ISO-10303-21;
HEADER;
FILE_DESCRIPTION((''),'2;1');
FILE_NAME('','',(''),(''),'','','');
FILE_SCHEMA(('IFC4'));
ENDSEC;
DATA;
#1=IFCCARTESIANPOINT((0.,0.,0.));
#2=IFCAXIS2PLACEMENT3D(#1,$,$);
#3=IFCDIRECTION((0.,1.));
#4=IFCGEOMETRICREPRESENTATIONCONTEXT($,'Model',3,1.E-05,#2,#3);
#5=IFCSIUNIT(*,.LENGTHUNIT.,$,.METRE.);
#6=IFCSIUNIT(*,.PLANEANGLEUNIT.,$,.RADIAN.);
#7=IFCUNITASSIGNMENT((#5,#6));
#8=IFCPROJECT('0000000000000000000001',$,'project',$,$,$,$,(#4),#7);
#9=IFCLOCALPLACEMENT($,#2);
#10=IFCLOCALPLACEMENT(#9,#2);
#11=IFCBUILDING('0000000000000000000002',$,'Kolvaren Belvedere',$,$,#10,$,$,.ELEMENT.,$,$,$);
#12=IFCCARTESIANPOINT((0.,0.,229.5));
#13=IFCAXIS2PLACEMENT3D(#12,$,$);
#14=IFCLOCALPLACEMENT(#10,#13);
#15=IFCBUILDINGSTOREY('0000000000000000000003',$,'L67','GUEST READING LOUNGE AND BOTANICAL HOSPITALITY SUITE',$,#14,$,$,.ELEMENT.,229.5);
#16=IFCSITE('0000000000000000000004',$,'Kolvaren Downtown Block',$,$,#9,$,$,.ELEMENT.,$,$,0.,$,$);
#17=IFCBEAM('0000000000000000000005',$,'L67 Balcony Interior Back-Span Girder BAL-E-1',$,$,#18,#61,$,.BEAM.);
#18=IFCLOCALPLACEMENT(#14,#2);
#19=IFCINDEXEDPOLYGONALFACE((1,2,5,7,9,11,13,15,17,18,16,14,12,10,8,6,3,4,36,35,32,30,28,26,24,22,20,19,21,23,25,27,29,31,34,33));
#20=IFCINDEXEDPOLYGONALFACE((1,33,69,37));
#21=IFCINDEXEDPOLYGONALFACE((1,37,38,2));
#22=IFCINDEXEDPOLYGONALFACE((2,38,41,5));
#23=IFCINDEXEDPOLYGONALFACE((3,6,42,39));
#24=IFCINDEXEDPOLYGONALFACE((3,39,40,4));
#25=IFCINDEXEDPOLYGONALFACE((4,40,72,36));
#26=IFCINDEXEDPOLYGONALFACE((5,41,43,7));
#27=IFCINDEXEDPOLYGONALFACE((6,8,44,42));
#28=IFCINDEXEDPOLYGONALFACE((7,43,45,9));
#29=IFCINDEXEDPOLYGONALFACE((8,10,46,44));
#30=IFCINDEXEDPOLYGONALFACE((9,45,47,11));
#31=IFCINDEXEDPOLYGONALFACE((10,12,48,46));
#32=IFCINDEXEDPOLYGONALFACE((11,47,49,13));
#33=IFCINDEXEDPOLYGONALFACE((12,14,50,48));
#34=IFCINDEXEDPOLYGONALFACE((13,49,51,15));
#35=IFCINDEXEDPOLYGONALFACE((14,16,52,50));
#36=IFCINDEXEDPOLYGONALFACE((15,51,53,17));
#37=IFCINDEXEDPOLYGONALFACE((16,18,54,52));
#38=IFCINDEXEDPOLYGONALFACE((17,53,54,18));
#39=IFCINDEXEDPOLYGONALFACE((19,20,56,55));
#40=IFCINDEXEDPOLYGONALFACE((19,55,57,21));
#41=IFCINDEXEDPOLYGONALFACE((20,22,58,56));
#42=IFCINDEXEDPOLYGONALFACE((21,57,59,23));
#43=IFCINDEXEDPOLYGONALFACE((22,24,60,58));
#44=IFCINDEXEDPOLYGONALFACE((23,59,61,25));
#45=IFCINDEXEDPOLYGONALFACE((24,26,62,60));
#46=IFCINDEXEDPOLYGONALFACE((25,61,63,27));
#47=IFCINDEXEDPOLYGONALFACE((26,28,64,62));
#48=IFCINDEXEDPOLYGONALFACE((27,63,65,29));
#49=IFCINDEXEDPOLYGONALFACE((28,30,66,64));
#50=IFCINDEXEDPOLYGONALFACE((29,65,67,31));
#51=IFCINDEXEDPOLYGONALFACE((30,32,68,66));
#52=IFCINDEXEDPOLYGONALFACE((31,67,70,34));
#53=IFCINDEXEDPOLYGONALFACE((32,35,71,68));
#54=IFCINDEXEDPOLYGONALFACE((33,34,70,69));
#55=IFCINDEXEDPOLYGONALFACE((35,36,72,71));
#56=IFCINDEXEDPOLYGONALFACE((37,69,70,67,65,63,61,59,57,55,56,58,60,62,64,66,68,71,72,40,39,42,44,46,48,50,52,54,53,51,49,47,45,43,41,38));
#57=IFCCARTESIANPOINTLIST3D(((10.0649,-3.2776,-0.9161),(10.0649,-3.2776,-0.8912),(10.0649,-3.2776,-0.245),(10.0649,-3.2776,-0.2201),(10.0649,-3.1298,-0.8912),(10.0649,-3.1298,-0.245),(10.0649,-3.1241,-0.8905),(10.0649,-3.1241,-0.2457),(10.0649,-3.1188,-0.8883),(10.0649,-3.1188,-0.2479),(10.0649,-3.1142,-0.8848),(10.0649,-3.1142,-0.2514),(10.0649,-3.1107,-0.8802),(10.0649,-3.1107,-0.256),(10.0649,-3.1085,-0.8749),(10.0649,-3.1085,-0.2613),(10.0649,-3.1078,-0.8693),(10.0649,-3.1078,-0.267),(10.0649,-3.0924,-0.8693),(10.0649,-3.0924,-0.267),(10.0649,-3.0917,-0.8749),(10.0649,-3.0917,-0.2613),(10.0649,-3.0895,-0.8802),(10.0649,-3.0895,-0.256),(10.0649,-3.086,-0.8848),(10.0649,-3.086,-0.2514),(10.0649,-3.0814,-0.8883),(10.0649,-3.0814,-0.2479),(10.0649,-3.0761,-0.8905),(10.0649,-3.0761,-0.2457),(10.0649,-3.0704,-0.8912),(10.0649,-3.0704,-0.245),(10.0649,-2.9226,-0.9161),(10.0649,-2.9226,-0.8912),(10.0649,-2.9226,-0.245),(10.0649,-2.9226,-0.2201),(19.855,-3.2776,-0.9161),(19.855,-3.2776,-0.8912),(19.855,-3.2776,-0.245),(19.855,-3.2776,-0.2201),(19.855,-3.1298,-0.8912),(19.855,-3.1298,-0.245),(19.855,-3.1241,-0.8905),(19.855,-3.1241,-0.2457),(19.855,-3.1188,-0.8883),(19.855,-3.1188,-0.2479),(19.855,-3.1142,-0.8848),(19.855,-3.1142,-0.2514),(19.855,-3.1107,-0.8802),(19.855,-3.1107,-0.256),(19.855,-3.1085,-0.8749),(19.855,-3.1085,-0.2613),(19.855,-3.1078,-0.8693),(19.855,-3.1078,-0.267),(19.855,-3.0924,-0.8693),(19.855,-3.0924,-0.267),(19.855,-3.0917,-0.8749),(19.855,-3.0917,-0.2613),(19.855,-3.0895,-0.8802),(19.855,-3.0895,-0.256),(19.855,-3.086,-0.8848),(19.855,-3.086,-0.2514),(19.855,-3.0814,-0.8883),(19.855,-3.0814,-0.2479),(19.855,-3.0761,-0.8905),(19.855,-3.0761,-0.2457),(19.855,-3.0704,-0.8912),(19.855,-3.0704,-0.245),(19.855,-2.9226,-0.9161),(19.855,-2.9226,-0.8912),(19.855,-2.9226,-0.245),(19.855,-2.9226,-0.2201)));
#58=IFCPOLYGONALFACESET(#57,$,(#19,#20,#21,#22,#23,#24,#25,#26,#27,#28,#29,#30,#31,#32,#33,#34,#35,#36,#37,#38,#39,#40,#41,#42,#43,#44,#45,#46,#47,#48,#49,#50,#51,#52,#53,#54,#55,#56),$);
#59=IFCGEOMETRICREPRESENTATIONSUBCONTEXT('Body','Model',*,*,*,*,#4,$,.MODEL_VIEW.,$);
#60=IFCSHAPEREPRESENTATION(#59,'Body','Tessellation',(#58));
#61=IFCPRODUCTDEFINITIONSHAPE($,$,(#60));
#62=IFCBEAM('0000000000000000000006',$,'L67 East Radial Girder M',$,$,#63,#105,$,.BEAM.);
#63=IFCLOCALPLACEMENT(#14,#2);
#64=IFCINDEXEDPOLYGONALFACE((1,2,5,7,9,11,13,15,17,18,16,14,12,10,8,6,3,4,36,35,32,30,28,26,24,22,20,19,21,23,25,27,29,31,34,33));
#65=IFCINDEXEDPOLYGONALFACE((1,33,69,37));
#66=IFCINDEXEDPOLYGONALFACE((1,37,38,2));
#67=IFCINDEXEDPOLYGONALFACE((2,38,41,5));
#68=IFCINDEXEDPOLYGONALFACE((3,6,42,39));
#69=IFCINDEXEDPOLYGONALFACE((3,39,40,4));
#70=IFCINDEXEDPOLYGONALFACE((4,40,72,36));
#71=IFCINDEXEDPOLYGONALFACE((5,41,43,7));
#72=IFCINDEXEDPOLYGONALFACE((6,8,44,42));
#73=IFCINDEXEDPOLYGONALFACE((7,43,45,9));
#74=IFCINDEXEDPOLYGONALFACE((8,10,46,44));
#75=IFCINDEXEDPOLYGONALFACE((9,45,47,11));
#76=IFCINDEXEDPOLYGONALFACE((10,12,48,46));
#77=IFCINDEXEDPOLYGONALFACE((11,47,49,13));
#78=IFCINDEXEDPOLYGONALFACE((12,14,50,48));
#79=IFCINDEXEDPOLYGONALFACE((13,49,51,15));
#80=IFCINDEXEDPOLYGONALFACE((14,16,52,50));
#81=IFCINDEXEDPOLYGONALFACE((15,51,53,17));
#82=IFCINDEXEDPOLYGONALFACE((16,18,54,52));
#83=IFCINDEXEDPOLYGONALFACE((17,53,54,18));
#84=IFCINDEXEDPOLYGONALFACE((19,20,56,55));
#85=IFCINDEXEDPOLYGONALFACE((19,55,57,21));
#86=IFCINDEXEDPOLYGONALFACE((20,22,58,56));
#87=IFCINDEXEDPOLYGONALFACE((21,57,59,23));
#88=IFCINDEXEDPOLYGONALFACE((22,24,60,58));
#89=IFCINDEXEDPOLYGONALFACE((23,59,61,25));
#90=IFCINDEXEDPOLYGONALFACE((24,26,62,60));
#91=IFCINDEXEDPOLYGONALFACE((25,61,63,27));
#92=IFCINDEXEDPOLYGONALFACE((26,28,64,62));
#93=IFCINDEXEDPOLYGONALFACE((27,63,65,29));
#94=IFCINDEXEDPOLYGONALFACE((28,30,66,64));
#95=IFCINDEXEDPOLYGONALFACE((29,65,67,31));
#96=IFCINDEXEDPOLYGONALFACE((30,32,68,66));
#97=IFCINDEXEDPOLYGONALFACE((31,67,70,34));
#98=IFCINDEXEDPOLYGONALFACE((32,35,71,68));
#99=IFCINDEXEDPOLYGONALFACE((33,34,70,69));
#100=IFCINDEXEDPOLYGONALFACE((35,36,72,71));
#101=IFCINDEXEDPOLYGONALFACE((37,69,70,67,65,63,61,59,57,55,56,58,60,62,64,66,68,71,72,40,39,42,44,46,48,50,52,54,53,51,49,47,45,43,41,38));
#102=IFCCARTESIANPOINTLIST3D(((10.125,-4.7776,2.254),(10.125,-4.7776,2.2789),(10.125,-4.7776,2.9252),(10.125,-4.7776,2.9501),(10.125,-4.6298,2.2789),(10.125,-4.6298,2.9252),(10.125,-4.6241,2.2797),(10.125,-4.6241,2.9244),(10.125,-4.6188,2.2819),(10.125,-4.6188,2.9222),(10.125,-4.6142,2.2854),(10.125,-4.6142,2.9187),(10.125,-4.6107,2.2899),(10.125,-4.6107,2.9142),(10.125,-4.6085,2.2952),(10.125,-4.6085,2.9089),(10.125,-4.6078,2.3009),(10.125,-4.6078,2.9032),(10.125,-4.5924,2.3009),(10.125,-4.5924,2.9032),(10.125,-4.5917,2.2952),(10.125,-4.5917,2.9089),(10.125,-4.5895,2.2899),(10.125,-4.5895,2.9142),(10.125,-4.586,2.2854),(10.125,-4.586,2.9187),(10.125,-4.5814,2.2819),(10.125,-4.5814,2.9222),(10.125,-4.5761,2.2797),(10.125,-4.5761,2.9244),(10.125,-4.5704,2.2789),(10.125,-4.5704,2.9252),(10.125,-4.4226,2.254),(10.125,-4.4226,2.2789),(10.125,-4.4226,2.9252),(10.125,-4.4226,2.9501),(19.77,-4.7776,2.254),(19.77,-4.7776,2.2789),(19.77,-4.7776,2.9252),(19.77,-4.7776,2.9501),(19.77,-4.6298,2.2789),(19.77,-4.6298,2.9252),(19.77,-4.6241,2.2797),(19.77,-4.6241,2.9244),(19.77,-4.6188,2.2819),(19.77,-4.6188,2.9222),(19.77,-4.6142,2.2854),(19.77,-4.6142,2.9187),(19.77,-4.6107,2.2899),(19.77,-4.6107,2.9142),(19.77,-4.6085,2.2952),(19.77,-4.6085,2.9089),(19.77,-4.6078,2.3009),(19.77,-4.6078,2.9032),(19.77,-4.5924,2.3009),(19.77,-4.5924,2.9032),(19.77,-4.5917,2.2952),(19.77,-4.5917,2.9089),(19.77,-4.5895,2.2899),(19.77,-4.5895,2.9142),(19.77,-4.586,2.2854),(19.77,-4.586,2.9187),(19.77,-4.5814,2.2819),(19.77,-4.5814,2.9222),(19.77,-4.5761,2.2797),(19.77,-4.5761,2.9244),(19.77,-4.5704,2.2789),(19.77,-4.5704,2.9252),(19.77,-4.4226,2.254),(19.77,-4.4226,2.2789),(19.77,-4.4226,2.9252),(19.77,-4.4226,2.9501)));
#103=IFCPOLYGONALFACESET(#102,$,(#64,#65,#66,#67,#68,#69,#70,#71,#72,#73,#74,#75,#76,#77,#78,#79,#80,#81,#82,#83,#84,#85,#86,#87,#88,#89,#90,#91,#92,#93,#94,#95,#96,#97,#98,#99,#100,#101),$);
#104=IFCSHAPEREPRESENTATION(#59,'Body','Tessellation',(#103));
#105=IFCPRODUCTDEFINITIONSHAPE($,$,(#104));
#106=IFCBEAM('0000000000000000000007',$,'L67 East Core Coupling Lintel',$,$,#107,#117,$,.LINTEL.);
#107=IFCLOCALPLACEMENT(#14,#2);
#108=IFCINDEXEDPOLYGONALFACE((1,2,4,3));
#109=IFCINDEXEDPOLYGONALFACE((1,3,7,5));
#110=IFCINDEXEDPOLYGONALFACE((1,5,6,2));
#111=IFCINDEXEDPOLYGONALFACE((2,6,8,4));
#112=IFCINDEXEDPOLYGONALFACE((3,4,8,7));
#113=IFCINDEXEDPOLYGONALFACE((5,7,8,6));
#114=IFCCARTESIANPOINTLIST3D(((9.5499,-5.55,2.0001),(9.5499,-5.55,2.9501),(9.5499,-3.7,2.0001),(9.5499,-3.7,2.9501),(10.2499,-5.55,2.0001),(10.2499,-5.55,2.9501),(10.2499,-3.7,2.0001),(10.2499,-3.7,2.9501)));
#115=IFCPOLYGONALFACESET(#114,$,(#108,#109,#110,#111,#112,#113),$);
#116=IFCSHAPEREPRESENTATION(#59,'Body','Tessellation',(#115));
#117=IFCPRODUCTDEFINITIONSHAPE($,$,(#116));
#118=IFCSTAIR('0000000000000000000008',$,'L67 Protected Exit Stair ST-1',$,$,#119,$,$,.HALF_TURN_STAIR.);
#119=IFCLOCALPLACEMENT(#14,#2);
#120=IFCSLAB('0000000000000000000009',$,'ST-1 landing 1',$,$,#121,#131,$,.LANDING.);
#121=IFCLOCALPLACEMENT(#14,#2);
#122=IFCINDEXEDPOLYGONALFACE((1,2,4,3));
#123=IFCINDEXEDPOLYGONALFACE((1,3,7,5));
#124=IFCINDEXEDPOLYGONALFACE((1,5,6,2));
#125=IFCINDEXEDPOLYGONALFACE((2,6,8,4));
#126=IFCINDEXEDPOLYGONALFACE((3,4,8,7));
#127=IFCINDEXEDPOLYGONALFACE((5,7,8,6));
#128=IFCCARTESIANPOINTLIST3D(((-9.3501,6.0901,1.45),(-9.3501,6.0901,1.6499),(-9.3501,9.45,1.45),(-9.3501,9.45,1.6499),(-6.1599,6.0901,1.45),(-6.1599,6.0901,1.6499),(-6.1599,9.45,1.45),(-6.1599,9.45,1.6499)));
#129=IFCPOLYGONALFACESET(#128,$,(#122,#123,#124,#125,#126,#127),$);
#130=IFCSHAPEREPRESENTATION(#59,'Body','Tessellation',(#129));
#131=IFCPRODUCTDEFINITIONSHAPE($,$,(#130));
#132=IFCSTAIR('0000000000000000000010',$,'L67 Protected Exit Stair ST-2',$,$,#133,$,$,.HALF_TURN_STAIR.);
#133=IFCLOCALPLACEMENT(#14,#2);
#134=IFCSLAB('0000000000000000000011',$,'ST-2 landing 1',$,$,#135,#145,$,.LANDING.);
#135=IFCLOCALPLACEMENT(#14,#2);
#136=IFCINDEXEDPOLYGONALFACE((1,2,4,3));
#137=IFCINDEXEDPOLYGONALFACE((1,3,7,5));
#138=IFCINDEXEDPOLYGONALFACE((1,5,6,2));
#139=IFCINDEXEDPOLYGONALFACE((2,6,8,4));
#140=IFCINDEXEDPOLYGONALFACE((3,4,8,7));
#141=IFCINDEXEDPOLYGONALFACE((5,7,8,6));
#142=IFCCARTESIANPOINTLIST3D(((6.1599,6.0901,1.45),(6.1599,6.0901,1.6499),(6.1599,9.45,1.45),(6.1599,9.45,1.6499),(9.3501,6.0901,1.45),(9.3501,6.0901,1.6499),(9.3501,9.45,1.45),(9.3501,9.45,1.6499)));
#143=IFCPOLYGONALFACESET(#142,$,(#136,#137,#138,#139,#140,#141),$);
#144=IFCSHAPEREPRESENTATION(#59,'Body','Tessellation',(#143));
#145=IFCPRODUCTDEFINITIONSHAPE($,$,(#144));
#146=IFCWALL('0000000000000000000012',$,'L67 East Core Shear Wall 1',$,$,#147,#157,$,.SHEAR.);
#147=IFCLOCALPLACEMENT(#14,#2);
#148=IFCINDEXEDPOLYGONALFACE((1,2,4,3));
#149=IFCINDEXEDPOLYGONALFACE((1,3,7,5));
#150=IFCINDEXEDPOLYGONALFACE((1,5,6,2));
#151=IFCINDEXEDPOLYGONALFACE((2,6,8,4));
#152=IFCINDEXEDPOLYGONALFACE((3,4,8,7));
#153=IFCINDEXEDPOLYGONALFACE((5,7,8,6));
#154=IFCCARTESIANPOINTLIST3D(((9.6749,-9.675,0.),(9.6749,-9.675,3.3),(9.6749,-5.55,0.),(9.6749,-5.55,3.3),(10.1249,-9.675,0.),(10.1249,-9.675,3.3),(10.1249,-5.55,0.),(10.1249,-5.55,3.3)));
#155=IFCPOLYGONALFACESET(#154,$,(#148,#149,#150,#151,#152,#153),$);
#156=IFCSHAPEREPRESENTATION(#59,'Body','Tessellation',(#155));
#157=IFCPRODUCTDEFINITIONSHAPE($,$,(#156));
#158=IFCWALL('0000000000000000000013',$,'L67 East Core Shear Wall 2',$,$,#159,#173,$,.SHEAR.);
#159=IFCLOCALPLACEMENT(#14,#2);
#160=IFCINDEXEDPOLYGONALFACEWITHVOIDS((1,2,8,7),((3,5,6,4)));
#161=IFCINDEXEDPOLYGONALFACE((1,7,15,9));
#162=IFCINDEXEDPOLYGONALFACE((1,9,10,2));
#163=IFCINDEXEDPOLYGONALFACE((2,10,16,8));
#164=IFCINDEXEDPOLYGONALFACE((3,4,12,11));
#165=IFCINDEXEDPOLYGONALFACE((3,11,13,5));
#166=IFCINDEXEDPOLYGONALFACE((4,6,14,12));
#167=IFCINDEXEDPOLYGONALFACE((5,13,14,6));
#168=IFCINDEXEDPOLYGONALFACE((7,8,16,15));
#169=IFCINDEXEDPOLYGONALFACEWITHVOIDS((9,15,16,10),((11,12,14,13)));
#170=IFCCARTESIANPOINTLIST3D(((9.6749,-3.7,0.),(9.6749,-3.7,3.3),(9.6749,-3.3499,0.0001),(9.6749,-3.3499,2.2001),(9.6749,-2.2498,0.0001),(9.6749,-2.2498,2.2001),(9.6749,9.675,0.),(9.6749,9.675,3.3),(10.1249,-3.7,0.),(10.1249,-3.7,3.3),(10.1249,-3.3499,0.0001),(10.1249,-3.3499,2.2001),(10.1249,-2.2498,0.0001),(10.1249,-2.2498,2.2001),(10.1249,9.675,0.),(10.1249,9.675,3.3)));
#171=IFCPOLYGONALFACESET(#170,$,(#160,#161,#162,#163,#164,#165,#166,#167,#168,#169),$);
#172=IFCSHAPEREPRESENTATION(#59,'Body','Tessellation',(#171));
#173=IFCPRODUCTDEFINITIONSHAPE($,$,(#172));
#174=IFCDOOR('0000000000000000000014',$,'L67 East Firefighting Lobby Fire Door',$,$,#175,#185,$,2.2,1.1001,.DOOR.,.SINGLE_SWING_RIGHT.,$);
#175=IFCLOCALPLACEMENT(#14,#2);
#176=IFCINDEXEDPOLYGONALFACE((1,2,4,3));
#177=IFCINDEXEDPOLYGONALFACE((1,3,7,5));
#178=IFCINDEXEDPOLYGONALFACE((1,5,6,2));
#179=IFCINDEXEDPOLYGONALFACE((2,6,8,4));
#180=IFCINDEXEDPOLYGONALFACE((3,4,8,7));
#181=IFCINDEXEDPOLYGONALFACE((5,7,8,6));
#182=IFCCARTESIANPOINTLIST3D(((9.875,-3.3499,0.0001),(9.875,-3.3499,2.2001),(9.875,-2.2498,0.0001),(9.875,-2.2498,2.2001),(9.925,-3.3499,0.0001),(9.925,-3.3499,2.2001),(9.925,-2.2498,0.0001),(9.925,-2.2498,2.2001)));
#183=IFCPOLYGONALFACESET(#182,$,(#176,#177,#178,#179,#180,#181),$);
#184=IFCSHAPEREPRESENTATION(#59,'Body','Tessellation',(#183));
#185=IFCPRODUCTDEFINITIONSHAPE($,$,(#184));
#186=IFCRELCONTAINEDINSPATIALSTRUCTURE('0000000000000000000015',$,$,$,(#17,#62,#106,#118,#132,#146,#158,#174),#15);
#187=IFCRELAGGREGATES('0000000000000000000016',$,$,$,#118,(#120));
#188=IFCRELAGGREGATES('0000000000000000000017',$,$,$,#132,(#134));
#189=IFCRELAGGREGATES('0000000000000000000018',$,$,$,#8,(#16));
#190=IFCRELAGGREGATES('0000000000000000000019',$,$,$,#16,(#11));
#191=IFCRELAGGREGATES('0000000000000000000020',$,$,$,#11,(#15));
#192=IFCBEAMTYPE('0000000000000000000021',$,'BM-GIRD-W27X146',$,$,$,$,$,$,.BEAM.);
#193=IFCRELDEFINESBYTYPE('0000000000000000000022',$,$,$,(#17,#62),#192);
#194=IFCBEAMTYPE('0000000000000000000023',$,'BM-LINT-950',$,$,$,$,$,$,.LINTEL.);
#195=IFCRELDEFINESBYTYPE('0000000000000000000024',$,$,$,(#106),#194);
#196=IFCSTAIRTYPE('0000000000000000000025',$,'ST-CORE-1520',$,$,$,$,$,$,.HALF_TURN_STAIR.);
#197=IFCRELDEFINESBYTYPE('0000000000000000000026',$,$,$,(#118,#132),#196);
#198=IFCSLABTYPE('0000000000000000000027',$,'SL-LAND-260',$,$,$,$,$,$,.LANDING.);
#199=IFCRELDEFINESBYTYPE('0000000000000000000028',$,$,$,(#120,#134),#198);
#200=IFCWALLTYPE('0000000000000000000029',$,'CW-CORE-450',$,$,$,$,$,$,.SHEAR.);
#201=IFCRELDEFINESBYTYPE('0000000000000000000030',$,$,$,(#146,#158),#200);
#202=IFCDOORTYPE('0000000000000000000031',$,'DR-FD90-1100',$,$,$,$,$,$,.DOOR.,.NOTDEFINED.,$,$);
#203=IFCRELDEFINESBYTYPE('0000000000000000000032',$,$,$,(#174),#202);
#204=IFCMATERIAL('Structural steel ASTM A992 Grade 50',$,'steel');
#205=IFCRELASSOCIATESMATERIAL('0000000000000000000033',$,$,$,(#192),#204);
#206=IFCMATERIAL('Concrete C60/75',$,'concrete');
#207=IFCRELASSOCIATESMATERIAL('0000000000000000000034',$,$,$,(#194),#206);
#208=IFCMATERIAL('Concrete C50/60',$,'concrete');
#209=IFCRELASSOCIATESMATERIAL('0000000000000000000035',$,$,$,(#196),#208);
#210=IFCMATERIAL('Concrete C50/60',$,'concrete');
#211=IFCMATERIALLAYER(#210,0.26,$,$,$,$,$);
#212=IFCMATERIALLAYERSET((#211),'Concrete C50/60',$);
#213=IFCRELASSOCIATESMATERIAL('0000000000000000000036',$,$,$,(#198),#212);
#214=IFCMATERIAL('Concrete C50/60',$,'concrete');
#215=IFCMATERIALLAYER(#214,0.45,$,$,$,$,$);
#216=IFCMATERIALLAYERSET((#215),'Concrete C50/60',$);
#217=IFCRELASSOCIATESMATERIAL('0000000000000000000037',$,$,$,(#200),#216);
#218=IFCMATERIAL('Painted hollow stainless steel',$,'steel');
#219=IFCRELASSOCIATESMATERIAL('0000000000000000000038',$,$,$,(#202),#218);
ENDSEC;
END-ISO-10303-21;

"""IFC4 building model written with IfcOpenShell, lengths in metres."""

from ifc_helpers import new_model, si_unit, direction, frame, frame_2d, origin, origin_2d, place, context, subcontext, project, spatial, polyline, rectangle, i_section, outline, extrude, material, layer, layer_set, material_profile, profile_set, type_object, element, fill, aggregate, save


model = new_model("IFC4")

# Units and contexts
model_context = context("Model", 3, precision=1e-05, world=origin(), true_north=direction((0.0, 1.0)))
body_context = subcontext(model_context, "Body", "Model", "MODEL_VIEW")
ifc_project = project(units=[si_unit("LENGTHUNIT", "METRE"), si_unit("PLANEANGLEUNIT", "RADIAN")], contexts=[model_context])

# Site, building, storey
site_placement = place(None, origin())
site = spatial("IfcSite", under=ifc_project, at=site_placement, Name="Kolvaren Downtown Block", CompositionType="ELEMENT", RefElevation=0.0)
building_placement = place(site_placement, origin())
building = spatial("IfcBuilding", under=site, at=building_placement, Name="Kolvaren Belvedere", CompositionType="ELEMENT")
storey_placement = place(building_placement, frame((0.0, 0.0, 229.5)))
storey = spatial("IfcBuildingStorey", under=building, at=storey_placement, Name="L67", Description="GUEST READING LOUNGE AND BOTANICAL HOSPITALITY SUITE", CompositionType="ELEMENT", Elevation=229.5)

# Beams
ifc_material_1 = material(Name="Structural steel ASTM A992 Grade 50", Category="steel")
ifc_material_profile_1 = material_profile(ifc_material_1, i_section(OverallWidth=0.355, OverallDepth=0.696, WebThickness=0.0154, FlangeThickness=0.0249, FilletRadius=0.022, at=origin_2d()), Name="W27X146")
ifc_profile_set_1 = profile_set([ifc_material_profile_1], Name="Structural steel ASTM A992 Grade 50")
beam_type_1 = type_object("IfcBeamType", Name="BM-GIRD-W27X146", PredefinedType="BEAM", material=ifc_profile_set_1)
beam_1_placement = place(storey_placement, frame((10.0649, -3.1001, -0.5681), z_axis=(1.0, 0.0, 0.0), x_axis=(0.0, 1.0, 0.0)))
element("IfcBeam", 1, at=beam_1_placement, inside=storey, type_object=beam_type_1, Name="L67 Balcony Interior Back-Span Girder BAL-E-1", PredefinedType="BEAM", context=body_context, shape_type="SweptSolid", body=[
    extrude(i_section(OverallWidth=0.355, OverallDepth=0.696, WebThickness=0.0154, FlangeThickness=0.0249, FilletRadius=0.022, at=origin_2d()), origin(), (0.0, 0.0, 1.0), 9.79),
])
beam_2_placement = place(storey_placement, frame((10.125, -4.6001, 2.6021), z_axis=(1.0, 0.0, 0.0), x_axis=(0.0, 1.0, 0.0)))
element("IfcBeam", 2, at=beam_2_placement, inside=storey, type_object=beam_type_1, Name="L67 East Radial Girder M", PredefinedType="BEAM", context=body_context, shape_type="SweptSolid", body=[
    extrude(i_section(OverallWidth=0.355, OverallDepth=0.696, WebThickness=0.0154, FlangeThickness=0.0249, FilletRadius=0.022, at=origin_2d()), origin(), (0.0, 0.0, 1.0), 9.645),
])
ifc_material_2 = material(Name="Concrete C60/75", Category="concrete")
ifc_material_profile_2 = material_profile(ifc_material_2, rectangle(XDim=0.7, YDim=0.95, at=origin_2d()), Name="RC 700X950")
ifc_profile_set_2 = profile_set([ifc_material_profile_2], Name="Concrete C60/75")
beam_type_2 = type_object("IfcBeamType", Name="BM-LINT-950", PredefinedType="LINTEL", material=ifc_profile_set_2)
beam_3_placement = place(storey_placement, frame((9.8999, -5.55, 2.4751), z_axis=(0.0, 1.0, 0.0), x_axis=(-1.0, 0.0, 0.0)))
element("IfcBeam", 3, at=beam_3_placement, inside=storey, type_object=beam_type_2, Name="L67 East Core Coupling Lintel", PredefinedType="LINTEL", context=body_context, shape_type="SweptSolid", body=[
    extrude(rectangle(XDim=0.7, YDim=0.95, at=origin_2d()), origin(), (0.0, 0.0, 1.0), 1.8501),
])

# Stairs, slabs
ifc_material_3 = material(Name="Concrete C50/60", Category="concrete")
stair_type = type_object("IfcStairType", Name="ST-CORE-1520", PredefinedType="HALF_TURN_STAIR", material=ifc_material_3)
stair_1_placement = place(storey_placement, origin())
stair_1 = element("IfcStair", 4, at=stair_1_placement, inside=storey, type_object=stair_type, Name="L67 Protected Exit Stair ST-1", PredefinedType="HALF_TURN_STAIR")
ifc_material_4 = material(Name="Concrete C50/60", Category="concrete")
ifc_layer_1 = layer(ifc_material_4, 0.26)
ifc_layer_set_1 = layer_set([ifc_layer_1], Name="Concrete C50/60")
slab_type = type_object("IfcSlabType", Name="SL-LAND-260", PredefinedType="LANDING", material=ifc_layer_set_1)
slab_1_placement = place(storey_placement, frame((0.0, 0.0, 1.45)))
slab_1 = element("IfcSlab", 5, at=slab_1_placement, type_object=slab_type, Name="ST-1 landing 1", PredefinedType="LANDING", context=body_context, shape_type="SweptSolid", body=[
    extrude(outline(polyline([(-6.1599, 6.0901), (-6.1599, 9.45), (-9.3501, 9.45), (-9.3501, 6.0901), (-6.1599, 6.0901)])), origin(), (0.0, 0.0, 1.0), 0.2),
])
aggregate(stair_1, [slab_1])
stair_2_placement = place(storey_placement, origin())
stair_2 = element("IfcStair", 6, at=stair_2_placement, inside=storey, type_object=stair_type, Name="L67 Protected Exit Stair ST-2", PredefinedType="HALF_TURN_STAIR")
slab_2_placement = place(storey_placement, frame((0.0, 0.0, 1.45)))
slab_2 = element("IfcSlab", 7, at=slab_2_placement, type_object=slab_type, Name="ST-2 landing 1", PredefinedType="LANDING", context=body_context, shape_type="SweptSolid", body=[
    extrude(outline(polyline([(9.3501, 6.0901), (9.3501, 9.45), (6.1599, 9.45), (6.1599, 6.0901), (9.3501, 6.0901)])), origin(), (0.0, 0.0, 1.0), 0.2),
])
aggregate(stair_2, [slab_2])

# Wall
ifc_material_5 = material(Name="Concrete C50/60", Category="concrete")
ifc_layer_2 = layer(ifc_material_5, 0.45)
ifc_layer_set_2 = layer_set([ifc_layer_2], Name="Concrete C50/60")
wall_type_1 = type_object("IfcWallType", Name="CW-CORE-450", PredefinedType="SHEAR", material=ifc_layer_set_2)
wall_1_placement = place(storey_placement, frame((9.8999, -9.675, 0.0), z_axis=(0.0, 0.0, 1.0), x_axis=(0.0, 1.0, 0.0)))
element("IfcWall", 8, at=wall_1_placement, inside=storey, type_object=wall_type_1, Name="L67 East Core Shear Wall 1", PredefinedType="SHEAR", context=body_context, shape_type="SweptSolid", body=[
    extrude(rectangle(XDim=4.125, YDim=0.45, at=frame_2d((2.0625, 0.0))), origin(), (0.0, 0.0, 1.0), 3.3),
])

# Wall, opening, door
wall_2_placement = place(storey_placement, frame((9.8999, -3.7, 0.0), z_axis=(0.0, 0.0, 1.0), x_axis=(0.0, 1.0, 0.0)))
wall_2 = element("IfcWall", 9, at=wall_2_placement, inside=storey, type_object=wall_type_1, Name="L67 East Core Shear Wall 2", PredefinedType="SHEAR", context=body_context, shape_type="SweptSolid", body=[
    extrude(rectangle(XDim=13.375, YDim=0.45, at=frame_2d((6.6875, 0.0))), origin(), (0.0, 0.0, 1.0), 3.3),
])
opening_1_placement = place(wall_2_placement, frame((0.3501, 0.0, 0.0)))
opening_1 = element("IfcOpeningElement", 10, at=opening_1_placement, cuts=wall_2, PredefinedType="OPENING", context=body_context, shape_type="SweptSolid", body=[
    extrude(rectangle(XDim=1.1001, YDim=2.2, at=frame_2d((0.55, 1.1001))), frame((0.0, 0.2349, 0.0), z_axis=(0.0, -1.0, 0.0), x_axis=(1.0, 0.0, 0.0)), (0.0, 0.0, 1.0), 0.47),
])
ifc_material_6 = material(Name="Painted hollow stainless steel", Category="steel")
door_type_1 = type_object("IfcDoorType", Name="DR-FD90-1100", OperationType="NOTDEFINED", PredefinedType="DOOR", material=ifc_material_6)
door_1_placement = place(opening_1_placement, origin())
door_1 = element("IfcDoor", 11, at=door_1_placement, inside=storey, type_object=door_type_1, Name="L67 East Firefighting Lobby Fire Door", OperationType="SINGLE_SWING_RIGHT", OverallHeight=2.2, OverallWidth=1.1001, PredefinedType="DOOR", context=body_context, shape_type="SweptSolid", body=[
    extrude(rectangle(XDim=1.1001, YDim=2.2, at=frame_2d((0.55, 1.1001))), frame((0.0, 0.0249, 0.0), z_axis=(0.0, -1.0, 0.0), x_axis=(1.0, 0.0, 0.0)), (0.0, 0.0, 1.0), 0.05),
])
fill(opening_1, door_1)

save(model, "model.ifc")
